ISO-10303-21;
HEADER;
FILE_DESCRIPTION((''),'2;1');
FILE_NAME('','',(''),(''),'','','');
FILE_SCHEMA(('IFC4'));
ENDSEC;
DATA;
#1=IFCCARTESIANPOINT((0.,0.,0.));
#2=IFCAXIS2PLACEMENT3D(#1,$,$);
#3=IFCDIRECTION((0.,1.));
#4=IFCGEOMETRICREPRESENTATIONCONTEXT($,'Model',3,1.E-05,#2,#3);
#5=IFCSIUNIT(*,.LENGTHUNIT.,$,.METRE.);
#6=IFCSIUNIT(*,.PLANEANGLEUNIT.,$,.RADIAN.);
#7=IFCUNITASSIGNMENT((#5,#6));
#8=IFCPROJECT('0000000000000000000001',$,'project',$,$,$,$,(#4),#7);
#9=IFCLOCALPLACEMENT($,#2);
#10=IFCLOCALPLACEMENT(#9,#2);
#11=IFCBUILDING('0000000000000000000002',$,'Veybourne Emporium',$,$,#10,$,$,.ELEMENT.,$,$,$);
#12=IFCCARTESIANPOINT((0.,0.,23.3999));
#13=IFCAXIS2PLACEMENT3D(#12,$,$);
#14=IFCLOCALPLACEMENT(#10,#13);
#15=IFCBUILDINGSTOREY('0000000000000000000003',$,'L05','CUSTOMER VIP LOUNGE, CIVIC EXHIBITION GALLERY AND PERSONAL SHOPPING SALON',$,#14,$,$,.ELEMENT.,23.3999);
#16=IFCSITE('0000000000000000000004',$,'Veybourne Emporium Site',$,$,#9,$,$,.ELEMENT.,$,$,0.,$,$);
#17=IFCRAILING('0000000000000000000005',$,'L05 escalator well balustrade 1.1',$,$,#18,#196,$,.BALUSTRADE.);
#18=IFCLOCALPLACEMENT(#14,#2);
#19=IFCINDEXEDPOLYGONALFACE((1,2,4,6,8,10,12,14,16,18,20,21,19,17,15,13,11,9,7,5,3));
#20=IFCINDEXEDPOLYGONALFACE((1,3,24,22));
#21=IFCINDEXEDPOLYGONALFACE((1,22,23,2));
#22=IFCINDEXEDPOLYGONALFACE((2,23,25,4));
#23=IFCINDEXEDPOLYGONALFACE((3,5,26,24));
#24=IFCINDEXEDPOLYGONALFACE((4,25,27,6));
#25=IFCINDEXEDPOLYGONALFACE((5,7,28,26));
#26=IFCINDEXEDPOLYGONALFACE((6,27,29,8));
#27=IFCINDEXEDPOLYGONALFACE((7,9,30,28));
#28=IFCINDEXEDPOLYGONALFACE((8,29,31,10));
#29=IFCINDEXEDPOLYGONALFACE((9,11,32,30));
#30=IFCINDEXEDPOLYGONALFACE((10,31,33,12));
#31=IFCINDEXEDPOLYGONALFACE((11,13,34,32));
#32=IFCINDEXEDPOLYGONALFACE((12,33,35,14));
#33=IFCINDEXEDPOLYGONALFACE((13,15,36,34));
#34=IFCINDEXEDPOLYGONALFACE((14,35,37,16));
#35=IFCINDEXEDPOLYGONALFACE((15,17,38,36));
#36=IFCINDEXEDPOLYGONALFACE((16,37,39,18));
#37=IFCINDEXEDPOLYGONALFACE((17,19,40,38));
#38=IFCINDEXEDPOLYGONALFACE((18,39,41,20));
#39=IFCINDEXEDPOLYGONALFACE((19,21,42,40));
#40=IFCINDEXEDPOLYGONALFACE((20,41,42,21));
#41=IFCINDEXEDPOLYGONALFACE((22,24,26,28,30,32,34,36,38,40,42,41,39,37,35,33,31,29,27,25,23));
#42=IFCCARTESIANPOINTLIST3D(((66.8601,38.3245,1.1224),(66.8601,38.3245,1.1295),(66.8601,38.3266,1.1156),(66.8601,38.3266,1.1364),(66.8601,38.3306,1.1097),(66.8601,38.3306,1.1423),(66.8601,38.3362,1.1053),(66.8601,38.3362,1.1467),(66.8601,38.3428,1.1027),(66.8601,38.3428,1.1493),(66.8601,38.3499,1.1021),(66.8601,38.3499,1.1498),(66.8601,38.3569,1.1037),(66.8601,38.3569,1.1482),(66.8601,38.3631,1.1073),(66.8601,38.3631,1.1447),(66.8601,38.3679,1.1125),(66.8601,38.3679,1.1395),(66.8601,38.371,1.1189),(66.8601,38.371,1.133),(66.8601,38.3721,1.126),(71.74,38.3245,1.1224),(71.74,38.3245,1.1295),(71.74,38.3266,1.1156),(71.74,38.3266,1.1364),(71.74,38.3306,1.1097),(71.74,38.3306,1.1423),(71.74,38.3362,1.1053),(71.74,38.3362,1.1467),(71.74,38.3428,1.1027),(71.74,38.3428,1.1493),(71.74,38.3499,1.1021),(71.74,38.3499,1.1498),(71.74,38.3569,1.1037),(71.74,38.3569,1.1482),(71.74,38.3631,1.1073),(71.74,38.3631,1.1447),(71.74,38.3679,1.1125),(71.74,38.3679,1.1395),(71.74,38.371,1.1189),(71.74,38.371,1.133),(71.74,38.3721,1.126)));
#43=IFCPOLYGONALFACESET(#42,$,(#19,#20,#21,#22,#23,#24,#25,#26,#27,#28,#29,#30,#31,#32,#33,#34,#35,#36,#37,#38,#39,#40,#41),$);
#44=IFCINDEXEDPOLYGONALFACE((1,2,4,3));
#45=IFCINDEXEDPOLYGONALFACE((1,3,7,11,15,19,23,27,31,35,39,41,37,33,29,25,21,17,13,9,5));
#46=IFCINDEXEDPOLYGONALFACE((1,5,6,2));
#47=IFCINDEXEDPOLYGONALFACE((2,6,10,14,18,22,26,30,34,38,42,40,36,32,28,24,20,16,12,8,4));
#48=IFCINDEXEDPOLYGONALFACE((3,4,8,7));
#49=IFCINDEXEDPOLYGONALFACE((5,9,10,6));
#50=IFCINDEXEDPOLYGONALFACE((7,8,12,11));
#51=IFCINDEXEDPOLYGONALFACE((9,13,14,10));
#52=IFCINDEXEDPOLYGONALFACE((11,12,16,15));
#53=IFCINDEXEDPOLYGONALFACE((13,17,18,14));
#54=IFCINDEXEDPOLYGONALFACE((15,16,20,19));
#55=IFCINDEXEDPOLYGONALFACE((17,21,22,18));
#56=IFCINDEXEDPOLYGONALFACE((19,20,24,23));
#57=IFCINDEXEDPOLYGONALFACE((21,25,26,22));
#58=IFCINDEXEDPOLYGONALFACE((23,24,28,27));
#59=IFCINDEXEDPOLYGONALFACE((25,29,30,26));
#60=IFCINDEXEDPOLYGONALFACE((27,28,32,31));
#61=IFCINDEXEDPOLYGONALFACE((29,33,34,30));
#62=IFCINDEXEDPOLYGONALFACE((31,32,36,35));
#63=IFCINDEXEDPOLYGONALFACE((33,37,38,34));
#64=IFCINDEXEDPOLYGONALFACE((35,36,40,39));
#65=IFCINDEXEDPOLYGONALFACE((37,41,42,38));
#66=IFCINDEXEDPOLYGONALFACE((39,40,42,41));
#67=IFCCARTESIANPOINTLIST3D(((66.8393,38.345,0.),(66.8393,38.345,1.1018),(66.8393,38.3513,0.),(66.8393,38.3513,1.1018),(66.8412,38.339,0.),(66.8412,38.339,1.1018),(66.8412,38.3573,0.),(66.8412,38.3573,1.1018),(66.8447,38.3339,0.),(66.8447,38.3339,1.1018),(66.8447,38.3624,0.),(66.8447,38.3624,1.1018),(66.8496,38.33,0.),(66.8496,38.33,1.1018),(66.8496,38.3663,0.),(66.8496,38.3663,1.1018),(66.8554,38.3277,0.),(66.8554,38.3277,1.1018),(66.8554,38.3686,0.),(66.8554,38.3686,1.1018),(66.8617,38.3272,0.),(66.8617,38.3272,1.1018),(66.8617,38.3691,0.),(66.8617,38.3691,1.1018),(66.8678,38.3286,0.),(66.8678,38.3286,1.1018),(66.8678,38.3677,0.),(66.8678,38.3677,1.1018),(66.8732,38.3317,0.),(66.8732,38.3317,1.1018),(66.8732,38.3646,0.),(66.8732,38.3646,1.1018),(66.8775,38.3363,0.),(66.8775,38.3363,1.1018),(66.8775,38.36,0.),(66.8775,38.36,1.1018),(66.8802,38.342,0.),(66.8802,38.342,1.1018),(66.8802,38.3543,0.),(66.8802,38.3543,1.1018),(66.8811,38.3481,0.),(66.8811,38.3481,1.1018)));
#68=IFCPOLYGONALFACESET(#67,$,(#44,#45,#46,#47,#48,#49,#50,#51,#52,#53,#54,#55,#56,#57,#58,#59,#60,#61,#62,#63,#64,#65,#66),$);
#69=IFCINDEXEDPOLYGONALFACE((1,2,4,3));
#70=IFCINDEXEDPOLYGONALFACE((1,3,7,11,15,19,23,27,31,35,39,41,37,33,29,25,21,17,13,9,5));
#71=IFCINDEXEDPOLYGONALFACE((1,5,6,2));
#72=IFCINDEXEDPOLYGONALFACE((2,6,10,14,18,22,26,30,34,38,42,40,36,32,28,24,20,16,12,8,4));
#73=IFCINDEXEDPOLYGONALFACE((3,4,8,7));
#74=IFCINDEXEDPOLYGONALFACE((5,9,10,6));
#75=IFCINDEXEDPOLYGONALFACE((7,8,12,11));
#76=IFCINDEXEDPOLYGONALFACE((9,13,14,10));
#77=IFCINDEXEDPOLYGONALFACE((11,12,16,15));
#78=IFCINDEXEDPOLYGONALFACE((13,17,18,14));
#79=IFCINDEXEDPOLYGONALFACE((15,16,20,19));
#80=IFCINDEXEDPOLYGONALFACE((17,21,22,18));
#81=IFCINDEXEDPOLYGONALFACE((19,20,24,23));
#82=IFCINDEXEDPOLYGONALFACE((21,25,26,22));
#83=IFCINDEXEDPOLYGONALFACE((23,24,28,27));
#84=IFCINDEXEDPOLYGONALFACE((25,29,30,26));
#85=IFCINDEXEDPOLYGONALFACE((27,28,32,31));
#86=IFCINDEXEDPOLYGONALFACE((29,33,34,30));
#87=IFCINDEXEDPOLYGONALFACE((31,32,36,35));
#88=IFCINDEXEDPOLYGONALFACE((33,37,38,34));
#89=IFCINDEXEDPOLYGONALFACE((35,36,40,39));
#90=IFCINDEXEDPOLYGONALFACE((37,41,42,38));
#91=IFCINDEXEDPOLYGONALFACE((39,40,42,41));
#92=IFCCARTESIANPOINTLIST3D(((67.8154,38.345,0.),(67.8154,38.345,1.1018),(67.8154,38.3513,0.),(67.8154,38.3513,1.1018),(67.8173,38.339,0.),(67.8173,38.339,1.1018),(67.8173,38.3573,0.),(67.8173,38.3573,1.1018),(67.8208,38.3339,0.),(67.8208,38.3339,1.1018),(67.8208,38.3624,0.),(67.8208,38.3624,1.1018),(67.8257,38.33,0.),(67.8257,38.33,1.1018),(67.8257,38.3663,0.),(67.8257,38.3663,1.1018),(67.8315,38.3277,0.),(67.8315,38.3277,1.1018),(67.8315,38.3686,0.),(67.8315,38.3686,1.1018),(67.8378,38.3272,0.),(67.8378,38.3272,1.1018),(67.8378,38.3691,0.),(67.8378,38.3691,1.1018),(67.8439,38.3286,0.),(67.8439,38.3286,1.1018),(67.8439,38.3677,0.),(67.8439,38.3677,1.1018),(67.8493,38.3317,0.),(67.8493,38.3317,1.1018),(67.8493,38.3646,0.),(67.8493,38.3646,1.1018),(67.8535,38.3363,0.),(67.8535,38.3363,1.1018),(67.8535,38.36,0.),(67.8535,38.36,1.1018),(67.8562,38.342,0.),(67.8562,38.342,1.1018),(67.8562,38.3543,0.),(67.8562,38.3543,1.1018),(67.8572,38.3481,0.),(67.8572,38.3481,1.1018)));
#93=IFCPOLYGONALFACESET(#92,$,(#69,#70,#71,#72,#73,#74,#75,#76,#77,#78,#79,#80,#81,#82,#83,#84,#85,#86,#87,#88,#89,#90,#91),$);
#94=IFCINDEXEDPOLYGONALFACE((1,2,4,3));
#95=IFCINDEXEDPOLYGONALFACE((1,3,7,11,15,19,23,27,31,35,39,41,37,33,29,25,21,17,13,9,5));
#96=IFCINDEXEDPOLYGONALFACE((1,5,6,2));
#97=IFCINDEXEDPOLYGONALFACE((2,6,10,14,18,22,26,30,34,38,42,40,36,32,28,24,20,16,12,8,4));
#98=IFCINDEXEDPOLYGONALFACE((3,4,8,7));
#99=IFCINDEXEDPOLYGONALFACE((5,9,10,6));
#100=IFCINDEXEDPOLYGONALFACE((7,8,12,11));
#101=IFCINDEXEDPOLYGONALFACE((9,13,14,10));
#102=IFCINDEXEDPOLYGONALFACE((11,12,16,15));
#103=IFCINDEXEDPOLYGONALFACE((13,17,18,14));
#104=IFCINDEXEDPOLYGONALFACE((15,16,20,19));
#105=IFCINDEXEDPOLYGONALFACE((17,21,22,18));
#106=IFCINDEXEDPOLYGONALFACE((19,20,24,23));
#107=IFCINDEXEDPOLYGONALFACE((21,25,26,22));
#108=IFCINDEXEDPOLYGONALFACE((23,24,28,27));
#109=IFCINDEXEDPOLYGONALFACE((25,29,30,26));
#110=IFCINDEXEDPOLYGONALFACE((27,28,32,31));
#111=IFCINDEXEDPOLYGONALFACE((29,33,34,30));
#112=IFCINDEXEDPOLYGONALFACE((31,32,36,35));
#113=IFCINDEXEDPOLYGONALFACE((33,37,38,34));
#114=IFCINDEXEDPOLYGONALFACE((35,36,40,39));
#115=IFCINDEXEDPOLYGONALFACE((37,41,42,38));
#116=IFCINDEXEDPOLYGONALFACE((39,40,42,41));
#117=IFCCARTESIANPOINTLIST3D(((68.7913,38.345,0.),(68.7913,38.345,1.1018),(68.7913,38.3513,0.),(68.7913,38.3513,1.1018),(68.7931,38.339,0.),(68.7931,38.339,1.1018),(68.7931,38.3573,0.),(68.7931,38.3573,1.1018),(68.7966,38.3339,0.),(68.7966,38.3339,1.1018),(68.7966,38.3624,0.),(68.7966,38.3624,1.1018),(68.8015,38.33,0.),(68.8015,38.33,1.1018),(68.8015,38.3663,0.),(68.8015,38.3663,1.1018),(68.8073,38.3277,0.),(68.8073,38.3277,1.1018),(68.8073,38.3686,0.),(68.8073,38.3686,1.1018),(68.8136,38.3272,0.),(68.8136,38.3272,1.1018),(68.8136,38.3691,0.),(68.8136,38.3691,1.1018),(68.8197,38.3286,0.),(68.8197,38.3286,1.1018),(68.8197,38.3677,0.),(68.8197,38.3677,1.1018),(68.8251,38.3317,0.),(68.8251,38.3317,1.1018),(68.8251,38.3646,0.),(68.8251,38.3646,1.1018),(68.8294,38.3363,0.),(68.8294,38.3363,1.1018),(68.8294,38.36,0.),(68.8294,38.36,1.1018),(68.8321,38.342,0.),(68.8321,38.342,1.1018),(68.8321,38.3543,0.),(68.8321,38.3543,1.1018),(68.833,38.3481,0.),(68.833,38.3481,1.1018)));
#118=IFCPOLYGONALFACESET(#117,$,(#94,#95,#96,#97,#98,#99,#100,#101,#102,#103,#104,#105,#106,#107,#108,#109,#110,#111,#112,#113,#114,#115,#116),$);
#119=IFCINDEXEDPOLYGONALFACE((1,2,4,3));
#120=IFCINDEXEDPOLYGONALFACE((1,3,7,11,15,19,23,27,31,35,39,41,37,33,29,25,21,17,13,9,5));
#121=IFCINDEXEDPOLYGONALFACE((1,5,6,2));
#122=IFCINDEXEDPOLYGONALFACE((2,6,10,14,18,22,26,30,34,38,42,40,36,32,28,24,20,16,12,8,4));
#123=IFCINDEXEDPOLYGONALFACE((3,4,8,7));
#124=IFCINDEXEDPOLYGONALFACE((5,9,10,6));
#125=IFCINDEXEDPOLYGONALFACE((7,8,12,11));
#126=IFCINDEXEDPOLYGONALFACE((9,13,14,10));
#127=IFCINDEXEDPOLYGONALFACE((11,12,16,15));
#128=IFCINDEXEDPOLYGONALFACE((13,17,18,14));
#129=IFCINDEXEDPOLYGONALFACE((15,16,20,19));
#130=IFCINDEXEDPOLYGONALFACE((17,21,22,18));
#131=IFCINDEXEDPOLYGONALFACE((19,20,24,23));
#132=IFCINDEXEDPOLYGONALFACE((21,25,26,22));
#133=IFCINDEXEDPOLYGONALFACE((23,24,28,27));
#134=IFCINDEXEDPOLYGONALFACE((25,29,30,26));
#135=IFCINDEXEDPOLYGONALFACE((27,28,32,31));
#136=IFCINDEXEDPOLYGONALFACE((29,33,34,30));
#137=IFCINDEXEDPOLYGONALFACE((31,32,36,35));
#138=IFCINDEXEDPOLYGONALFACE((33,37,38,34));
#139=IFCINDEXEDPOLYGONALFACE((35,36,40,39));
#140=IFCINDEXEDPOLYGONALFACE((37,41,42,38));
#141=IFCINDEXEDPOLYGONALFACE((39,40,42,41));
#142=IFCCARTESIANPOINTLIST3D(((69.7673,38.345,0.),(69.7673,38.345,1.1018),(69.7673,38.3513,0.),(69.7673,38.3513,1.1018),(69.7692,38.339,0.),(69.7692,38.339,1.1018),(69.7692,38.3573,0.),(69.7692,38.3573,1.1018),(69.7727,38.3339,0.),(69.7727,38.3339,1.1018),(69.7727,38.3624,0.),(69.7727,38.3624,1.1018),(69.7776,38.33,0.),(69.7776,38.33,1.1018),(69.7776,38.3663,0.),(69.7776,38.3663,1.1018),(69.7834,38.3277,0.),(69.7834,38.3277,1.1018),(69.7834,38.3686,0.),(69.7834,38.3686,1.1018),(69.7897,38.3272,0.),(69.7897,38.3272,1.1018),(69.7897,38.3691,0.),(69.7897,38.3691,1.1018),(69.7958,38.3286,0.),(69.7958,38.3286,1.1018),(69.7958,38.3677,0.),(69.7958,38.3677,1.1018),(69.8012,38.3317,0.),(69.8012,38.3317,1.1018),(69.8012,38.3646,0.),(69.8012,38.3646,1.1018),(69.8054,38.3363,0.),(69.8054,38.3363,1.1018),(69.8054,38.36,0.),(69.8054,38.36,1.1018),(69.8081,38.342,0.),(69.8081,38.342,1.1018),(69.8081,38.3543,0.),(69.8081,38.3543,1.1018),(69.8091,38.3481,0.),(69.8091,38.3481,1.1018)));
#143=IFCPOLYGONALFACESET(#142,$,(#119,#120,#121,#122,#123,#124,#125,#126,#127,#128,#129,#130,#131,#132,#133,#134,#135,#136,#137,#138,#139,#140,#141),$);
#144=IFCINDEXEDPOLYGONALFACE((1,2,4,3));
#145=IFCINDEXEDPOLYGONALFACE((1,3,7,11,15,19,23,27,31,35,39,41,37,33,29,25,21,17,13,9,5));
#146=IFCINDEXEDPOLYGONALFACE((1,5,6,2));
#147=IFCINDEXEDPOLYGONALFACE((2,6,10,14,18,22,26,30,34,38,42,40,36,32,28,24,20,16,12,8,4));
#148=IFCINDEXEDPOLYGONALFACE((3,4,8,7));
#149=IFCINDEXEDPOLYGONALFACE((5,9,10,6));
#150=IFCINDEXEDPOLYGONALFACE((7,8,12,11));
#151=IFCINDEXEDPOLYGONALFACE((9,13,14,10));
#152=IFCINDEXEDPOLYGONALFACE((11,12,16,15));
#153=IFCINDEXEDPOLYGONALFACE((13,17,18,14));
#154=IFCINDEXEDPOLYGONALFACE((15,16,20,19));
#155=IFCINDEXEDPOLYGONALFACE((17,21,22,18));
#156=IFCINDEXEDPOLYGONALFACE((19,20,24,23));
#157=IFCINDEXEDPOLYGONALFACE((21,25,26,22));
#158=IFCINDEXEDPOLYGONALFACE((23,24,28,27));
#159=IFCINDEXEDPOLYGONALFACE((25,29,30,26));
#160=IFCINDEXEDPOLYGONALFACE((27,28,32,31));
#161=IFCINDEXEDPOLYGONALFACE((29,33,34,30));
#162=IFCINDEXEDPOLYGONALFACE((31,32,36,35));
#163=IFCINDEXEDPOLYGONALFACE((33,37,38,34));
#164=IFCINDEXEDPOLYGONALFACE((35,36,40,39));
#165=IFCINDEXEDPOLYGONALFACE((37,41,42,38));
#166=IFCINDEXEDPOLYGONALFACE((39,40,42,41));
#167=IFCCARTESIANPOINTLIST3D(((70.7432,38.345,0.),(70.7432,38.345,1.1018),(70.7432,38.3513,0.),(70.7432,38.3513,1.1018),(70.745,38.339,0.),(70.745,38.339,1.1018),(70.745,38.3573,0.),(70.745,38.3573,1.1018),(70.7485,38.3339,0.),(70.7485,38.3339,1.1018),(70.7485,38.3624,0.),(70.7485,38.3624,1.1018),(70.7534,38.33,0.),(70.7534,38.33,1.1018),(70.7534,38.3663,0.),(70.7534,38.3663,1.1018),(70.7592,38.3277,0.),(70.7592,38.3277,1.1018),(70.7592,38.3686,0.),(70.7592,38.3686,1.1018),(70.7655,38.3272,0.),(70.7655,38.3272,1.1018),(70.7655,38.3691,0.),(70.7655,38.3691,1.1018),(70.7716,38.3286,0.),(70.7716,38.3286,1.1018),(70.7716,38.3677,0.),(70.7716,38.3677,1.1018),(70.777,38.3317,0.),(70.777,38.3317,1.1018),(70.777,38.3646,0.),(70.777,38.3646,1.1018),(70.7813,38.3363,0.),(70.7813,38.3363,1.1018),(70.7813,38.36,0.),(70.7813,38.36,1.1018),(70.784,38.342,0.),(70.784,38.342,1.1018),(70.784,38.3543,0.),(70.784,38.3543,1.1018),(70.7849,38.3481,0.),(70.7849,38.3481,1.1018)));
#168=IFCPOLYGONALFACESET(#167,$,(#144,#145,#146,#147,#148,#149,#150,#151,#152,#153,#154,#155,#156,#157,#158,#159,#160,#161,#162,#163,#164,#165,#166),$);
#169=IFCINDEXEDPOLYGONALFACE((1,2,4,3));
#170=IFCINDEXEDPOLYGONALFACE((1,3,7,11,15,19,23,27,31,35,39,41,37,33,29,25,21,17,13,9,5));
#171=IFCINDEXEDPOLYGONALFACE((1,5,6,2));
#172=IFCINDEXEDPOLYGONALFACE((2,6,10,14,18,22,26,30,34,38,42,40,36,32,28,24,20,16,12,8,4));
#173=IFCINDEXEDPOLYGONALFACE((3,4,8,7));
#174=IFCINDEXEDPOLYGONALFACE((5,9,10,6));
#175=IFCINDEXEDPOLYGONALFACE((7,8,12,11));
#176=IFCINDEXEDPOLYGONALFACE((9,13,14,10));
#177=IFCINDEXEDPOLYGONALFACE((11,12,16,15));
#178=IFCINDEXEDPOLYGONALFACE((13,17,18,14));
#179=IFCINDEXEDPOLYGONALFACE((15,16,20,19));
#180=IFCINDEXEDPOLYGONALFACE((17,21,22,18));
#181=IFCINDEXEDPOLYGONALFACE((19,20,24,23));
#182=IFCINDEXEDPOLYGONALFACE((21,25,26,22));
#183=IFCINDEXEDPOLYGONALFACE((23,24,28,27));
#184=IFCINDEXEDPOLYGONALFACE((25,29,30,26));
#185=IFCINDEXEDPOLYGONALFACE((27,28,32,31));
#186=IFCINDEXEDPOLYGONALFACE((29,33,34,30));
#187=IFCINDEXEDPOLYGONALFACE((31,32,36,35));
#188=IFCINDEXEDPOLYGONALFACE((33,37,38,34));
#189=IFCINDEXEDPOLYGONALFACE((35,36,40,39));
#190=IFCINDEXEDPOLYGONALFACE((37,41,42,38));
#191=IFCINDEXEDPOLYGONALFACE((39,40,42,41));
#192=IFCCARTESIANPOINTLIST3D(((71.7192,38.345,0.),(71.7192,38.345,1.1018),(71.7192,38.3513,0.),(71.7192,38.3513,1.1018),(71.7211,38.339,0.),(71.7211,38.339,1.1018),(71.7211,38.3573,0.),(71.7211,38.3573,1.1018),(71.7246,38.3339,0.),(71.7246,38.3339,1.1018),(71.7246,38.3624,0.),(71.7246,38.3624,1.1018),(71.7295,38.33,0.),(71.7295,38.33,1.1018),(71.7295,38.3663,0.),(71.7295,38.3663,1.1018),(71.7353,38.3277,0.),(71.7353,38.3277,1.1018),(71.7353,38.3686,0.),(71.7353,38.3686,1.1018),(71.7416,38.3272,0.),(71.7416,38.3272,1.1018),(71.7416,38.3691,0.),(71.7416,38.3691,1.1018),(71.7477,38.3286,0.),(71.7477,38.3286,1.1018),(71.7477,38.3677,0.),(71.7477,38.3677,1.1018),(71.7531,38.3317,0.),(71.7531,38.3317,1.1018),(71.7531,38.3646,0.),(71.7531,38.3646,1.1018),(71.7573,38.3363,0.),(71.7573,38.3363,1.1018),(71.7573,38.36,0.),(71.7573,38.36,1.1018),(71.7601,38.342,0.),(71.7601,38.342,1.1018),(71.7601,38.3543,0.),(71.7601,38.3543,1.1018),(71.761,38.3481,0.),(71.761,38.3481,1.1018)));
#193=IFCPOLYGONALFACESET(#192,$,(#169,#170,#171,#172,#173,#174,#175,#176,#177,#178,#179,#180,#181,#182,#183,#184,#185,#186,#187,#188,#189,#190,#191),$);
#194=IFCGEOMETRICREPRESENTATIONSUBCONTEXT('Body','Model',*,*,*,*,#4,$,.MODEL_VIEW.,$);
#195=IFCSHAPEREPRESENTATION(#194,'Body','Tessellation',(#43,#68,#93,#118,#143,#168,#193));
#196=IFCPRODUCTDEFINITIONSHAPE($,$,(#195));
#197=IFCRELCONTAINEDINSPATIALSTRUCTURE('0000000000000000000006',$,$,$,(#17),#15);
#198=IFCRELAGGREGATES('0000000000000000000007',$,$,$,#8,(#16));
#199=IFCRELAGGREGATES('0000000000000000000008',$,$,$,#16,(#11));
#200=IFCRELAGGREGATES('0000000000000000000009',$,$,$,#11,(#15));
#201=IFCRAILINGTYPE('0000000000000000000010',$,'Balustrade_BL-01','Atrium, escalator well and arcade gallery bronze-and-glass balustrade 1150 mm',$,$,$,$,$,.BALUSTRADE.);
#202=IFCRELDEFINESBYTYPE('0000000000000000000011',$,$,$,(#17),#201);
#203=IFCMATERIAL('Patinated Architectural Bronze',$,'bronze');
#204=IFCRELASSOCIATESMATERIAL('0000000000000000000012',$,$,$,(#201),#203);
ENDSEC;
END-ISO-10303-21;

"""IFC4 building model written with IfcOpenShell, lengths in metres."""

from ifc_helpers import new_model, si_unit, direction, frame, origin, origin_2d, place, context, subcontext, project, spatial, circle, extrude, material, type_object, element, save


model = new_model("IFC4")

# Units and contexts
model_context = context("Model", 3, precision=1e-05, world=origin(), true_north=direction((0.0, 1.0)))
body_context = subcontext(model_context, "Body", "Model", "MODEL_VIEW")
ifc_project = project(units=[si_unit("LENGTHUNIT", "METRE"), si_unit("PLANEANGLEUNIT", "RADIAN")], contexts=[model_context])

# Site, building, storey
site_placement = place(None, origin())
site = spatial("IfcSite", under=ifc_project, at=site_placement, Name="Veybourne Emporium Site", CompositionType="ELEMENT", RefElevation=0.0)
building_placement = place(site_placement, origin())
building = spatial("IfcBuilding", under=site, at=building_placement, Name="Veybourne Emporium", CompositionType="ELEMENT")
storey_placement = place(building_placement, frame((0.0, 0.0, 23.3999)))
storey = spatial("IfcBuildingStorey", under=building, at=storey_placement, Name="L05", Description="CUSTOMER VIP LOUNGE, CIVIC EXHIBITION GALLERY AND PERSONAL SHOPPING SALON", CompositionType="ELEMENT", Elevation=23.3999)

# Railing
ifc_material_1 = material(Name="Patinated Architectural Bronze", Category="bronze")
railing_type = type_object("IfcRailingType", Name="Balustrade_BL-01", Description="Atrium, escalator well and arcade gallery bronze-and-glass balustrade 1150 mm", PredefinedType="BALUSTRADE", material=ifc_material_1)
railing_1_placement = place(storey_placement, frame((66.8601, 38.3481, 0.0)))
element("IfcRailing", 1, at=railing_1_placement, inside=storey, type_object=railing_type, Name="L05 escalator well balustrade 1.1", PredefinedType="BALUSTRADE", context=body_context, shape_type="SweptSolid", body=[
    extrude(circle(Radius=0.0239, at=origin_2d()), frame((0.0, 0.0, 1.126), z_axis=(1.0, 0.0, 0.0), x_axis=(0.0, 1.0, 0.0)), (0.0, 0.0, 1.0), 4.8799),
    extrude(circle(Radius=0.021, at=origin_2d()), origin(), (0.0, 0.0, 1.0), 1.1018),
    extrude(circle(Radius=0.021, at=origin_2d()), frame((0.9761, 0.0, 0.0)), (0.0, 0.0, 1.0), 1.1018),
    extrude(circle(Radius=0.021, at=origin_2d()), frame((1.9519, 0.0, 0.0)), (0.0, 0.0, 1.0), 1.1018),
    extrude(circle(Radius=0.021, at=origin_2d()), frame((2.928, 0.0, 0.0)), (0.0, 0.0, 1.0), 1.1018),
    extrude(circle(Radius=0.021, at=origin_2d()), frame((3.9038, 0.0, 0.0)), (0.0, 0.0, 1.0), 1.1018),
    extrude(circle(Radius=0.021, at=origin_2d()), frame((4.8799, 0.0, 0.0)), (0.0, 0.0, 1.0), 1.1018),
])

save(model, "model.ifc")
